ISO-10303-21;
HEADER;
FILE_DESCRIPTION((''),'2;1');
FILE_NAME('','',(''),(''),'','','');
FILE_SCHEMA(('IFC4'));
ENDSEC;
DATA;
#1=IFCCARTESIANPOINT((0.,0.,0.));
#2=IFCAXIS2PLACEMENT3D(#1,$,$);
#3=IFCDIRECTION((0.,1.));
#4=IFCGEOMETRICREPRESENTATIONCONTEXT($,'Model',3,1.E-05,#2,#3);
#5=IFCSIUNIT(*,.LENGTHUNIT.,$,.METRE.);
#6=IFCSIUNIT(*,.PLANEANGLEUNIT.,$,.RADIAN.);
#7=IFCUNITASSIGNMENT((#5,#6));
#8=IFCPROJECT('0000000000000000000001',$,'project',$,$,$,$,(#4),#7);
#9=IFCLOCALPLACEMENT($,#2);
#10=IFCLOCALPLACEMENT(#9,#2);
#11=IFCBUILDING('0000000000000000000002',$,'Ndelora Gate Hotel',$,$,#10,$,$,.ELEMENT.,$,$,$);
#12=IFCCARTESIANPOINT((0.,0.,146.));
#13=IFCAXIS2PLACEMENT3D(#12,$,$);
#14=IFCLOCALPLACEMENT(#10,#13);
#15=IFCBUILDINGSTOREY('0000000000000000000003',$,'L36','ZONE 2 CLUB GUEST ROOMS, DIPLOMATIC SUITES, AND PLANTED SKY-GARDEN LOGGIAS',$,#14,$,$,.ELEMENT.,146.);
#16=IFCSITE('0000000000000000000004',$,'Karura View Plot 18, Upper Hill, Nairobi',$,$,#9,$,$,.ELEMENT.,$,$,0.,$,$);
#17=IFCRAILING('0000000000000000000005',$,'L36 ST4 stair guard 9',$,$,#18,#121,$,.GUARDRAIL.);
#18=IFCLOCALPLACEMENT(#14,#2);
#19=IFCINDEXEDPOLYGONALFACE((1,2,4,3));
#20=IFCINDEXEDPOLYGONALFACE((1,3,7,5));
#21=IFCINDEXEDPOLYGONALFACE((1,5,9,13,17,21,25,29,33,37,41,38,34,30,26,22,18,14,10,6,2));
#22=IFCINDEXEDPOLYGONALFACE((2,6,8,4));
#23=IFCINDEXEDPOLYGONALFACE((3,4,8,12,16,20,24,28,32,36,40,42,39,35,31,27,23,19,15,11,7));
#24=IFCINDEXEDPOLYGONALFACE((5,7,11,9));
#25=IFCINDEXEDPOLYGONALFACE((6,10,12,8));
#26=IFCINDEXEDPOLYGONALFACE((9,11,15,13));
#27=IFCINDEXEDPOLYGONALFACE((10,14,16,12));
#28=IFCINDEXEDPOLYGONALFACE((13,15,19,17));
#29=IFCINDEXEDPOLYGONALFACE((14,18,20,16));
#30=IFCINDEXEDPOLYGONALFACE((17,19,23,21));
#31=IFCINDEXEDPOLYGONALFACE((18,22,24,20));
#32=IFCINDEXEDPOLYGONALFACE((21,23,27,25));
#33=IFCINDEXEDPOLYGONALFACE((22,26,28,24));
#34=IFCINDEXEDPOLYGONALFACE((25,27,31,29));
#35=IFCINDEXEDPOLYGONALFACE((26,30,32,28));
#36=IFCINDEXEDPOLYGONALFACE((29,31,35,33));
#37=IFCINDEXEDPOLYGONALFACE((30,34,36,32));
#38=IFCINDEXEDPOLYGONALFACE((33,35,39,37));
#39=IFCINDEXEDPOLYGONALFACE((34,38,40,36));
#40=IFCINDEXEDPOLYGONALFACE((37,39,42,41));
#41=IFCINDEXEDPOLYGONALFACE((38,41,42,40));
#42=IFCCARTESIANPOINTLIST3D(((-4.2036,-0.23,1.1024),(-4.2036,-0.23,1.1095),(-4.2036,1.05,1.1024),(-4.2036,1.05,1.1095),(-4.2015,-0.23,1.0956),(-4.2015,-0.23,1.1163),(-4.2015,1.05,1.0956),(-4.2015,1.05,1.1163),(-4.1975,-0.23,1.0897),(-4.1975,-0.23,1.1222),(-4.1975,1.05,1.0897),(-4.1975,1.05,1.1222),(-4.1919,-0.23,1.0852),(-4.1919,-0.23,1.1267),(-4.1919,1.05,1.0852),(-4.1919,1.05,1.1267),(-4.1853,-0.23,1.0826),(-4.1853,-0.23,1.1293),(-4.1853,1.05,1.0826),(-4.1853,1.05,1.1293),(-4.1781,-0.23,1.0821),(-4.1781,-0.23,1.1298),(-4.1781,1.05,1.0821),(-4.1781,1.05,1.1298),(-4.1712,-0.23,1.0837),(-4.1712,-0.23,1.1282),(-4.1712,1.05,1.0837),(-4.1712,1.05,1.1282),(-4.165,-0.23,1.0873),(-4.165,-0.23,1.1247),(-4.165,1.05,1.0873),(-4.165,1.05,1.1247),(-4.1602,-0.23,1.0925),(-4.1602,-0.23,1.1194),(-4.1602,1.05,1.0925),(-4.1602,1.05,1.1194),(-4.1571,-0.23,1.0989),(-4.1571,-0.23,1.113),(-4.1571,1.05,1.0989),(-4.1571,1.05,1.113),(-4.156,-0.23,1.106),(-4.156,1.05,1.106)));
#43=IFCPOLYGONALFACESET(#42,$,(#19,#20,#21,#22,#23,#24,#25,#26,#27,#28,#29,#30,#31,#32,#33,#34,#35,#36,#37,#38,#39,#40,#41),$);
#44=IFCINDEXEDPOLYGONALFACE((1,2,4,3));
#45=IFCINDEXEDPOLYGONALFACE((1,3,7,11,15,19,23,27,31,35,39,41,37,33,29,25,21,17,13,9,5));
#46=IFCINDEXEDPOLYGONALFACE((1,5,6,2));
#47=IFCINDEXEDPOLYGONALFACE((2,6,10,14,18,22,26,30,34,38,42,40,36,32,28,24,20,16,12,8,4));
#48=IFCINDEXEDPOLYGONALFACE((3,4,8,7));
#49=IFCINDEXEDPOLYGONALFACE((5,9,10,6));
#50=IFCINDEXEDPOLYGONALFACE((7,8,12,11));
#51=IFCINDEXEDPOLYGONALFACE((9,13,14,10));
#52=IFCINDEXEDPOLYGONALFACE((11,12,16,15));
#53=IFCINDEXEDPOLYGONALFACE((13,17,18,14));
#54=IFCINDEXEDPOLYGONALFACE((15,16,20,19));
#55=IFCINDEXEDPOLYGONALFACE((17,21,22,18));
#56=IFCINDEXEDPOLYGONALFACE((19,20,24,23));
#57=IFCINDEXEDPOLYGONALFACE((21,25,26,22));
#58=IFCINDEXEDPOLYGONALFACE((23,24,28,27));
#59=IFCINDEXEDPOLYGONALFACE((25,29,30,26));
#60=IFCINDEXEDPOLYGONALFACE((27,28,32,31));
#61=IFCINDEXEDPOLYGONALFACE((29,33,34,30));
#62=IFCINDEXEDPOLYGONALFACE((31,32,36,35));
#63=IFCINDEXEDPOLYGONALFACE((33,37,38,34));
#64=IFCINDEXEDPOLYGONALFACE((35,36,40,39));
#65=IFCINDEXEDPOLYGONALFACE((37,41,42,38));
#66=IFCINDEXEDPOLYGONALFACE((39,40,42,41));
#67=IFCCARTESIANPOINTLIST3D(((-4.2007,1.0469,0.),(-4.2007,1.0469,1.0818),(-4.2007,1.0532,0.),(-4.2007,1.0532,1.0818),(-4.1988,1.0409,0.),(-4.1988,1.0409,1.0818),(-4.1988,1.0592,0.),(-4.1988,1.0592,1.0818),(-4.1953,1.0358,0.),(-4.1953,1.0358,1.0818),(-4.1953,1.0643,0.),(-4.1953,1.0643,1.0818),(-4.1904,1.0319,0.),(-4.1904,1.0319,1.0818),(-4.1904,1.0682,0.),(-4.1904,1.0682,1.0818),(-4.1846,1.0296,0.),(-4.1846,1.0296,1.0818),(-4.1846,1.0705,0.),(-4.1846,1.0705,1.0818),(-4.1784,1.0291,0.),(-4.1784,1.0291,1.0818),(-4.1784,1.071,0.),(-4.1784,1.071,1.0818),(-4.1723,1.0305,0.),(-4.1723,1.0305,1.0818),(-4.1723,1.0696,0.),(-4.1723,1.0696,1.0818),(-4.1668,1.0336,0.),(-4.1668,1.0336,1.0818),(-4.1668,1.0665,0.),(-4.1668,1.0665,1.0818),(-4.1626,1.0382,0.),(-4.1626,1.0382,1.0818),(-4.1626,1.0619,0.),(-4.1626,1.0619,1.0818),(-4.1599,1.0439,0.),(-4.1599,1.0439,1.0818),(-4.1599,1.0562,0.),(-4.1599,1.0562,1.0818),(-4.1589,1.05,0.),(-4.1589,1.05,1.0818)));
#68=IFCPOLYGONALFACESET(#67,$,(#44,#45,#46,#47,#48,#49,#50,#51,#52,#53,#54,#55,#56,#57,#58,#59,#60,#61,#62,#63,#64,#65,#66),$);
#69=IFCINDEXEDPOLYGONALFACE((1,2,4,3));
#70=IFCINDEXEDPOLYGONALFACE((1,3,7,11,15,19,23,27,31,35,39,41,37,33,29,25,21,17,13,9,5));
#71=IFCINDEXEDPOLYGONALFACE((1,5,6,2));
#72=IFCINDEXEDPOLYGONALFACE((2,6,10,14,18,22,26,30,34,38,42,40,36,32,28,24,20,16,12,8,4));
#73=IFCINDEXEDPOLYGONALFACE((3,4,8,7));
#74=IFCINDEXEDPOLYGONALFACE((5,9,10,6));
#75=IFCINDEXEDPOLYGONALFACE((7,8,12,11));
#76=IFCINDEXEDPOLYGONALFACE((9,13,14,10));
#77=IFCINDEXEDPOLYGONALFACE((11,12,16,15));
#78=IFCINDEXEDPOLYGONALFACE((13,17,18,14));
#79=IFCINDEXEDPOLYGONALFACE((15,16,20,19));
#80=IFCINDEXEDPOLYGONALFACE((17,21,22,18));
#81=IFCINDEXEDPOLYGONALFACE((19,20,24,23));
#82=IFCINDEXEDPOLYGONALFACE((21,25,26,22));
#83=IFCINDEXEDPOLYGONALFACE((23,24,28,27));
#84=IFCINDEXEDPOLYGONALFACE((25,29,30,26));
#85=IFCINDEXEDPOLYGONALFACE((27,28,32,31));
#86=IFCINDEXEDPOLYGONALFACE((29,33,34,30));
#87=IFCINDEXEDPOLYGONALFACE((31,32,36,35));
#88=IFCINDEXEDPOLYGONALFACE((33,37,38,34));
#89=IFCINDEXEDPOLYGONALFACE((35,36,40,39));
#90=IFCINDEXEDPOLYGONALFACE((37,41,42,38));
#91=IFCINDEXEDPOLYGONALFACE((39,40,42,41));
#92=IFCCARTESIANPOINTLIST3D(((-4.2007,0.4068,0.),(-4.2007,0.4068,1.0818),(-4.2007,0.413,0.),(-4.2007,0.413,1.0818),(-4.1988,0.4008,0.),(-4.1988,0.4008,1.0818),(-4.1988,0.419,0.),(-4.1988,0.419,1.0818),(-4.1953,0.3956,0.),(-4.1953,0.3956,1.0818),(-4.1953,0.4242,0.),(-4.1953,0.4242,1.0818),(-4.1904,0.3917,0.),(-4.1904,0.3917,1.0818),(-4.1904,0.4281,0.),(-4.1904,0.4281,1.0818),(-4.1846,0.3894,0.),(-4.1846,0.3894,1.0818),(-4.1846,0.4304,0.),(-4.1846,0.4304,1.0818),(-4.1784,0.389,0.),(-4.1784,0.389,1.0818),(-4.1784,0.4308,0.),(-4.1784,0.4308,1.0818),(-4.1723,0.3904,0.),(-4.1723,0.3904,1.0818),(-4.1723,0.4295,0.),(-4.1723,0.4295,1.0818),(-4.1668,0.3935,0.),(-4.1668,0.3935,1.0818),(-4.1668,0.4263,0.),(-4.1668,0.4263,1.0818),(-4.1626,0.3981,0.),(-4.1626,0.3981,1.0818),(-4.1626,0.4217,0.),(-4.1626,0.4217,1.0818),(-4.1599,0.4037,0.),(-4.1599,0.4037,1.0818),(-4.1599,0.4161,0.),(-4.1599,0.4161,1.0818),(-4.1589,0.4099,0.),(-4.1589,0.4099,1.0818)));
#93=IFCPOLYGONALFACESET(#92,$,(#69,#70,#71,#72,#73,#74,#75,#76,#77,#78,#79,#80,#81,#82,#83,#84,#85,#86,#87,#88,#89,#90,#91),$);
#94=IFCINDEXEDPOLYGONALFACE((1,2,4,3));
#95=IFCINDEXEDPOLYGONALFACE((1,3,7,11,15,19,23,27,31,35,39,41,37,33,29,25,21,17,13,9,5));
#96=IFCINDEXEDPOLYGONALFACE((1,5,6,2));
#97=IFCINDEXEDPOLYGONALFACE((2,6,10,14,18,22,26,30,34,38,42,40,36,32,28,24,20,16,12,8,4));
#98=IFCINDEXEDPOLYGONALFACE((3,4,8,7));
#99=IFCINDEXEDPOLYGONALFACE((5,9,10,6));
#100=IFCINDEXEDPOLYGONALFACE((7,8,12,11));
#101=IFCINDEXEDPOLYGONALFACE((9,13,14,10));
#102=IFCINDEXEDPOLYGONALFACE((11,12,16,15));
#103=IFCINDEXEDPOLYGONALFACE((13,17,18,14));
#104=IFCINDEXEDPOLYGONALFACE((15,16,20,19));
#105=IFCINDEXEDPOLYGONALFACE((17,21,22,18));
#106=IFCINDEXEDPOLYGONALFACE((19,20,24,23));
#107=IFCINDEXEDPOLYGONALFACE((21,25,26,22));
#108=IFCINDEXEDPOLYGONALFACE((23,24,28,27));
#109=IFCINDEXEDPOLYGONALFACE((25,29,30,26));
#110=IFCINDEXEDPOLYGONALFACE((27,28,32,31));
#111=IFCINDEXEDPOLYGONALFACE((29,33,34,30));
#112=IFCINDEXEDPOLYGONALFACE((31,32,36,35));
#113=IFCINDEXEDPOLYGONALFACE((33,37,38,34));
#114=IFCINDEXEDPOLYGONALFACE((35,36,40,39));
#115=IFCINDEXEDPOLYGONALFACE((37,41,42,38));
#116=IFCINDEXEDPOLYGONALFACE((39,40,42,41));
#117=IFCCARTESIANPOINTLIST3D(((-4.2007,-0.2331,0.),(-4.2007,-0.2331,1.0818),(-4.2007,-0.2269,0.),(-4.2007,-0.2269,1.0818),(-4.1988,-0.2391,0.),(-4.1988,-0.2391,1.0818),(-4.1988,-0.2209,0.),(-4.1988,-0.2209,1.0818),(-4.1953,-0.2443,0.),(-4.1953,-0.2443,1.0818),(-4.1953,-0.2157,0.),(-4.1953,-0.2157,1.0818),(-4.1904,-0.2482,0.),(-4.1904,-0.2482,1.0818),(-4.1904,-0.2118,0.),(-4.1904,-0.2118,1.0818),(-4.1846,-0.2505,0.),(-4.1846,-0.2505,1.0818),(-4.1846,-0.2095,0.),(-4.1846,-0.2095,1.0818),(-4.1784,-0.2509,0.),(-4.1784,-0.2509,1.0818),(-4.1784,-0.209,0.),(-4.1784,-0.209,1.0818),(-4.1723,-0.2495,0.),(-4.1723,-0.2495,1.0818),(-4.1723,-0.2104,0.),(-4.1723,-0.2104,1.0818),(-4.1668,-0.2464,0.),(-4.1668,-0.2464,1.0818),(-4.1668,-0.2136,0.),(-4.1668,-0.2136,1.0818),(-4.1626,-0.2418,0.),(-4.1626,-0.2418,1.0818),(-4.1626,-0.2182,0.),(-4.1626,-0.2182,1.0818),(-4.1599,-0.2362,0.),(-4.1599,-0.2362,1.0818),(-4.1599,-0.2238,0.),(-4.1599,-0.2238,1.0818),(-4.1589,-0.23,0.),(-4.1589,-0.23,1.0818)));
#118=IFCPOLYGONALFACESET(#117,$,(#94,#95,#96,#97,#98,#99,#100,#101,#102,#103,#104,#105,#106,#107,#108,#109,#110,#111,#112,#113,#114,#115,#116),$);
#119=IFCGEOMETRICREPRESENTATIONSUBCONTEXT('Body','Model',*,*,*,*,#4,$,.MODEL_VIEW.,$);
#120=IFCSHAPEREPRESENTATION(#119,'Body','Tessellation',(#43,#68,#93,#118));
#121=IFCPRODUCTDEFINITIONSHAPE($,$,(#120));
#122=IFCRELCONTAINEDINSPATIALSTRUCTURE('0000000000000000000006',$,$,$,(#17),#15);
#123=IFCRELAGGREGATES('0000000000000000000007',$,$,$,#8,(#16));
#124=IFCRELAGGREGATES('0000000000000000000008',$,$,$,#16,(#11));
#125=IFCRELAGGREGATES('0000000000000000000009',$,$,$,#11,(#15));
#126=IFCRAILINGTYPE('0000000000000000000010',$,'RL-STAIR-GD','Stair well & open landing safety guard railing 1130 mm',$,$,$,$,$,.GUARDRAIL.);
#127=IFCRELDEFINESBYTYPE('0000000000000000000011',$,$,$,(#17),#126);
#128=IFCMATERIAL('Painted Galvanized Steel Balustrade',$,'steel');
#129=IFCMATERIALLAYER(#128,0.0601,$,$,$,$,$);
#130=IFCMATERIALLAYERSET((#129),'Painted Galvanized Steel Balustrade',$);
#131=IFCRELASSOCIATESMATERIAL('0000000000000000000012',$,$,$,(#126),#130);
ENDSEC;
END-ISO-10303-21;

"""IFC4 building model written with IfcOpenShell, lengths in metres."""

from ifc_helpers import new_model, si_unit, direction, frame, origin, origin_2d, place, context, subcontext, project, spatial, circle, extrude, material, layer, layer_set, type_object, element, save


model = new_model("IFC4")

# Units and contexts
model_context = context("Model", 3, precision=1e-05, world=origin(), true_north=direction((0.0, 1.0)))
body_context = subcontext(model_context, "Body", "Model", "MODEL_VIEW")
ifc_project = project(units=[si_unit("LENGTHUNIT", "METRE"), si_unit("PLANEANGLEUNIT", "RADIAN")], contexts=[model_context])

# Site, building, storey
site_placement = place(None, origin())
site = spatial("IfcSite", under=ifc_project, at=site_placement, Name="Karura View Plot 18, Upper Hill, Nairobi", CompositionType="ELEMENT", RefElevation=0.0)
building_placement = place(site_placement, origin())
building = spatial("IfcBuilding", under=site, at=building_placement, Name="Ndelora Gate Hotel", CompositionType="ELEMENT")
storey_placement = place(building_placement, frame((0.0, 0.0, 146.0)))
storey = spatial("IfcBuildingStorey", under=building, at=storey_placement, Name="L36", Description="ZONE 2 CLUB GUEST ROOMS, DIPLOMATIC SUITES, AND PLANTED SKY-GARDEN LOGGIAS", CompositionType="ELEMENT", Elevation=146.0)

# Railing
ifc_material_1 = material(Name="Painted Galvanized Steel Balustrade", Category="steel")
ifc_layer_1 = layer(ifc_material_1, 0.0601)
ifc_layer_set_1 = layer_set([ifc_layer_1], Name="Painted Galvanized Steel Balustrade")
railing_type_1 = type_object("IfcRailingType", Name="RL-STAIR-GD", Description="Stair well & open landing safety guard railing 1130 mm", PredefinedType="GUARDRAIL", material=ifc_layer_set_1)
for number, where, name in (
    (1, (-4.1799, 1.05, 0.0), "L36 ST4 stair guard 9"),
):
    element("IfcRailing", number, at=place(storey_placement, frame(where)), inside=storey, type_object=railing_type_1, Name=name, PredefinedType="GUARDRAIL", context=body_context, shape_type="SweptSolid", body=[
        extrude(circle(Radius=0.0239, at=origin_2d()), frame((0.0, 0.0, 1.106), z_axis=(0.0, -1.0, 0.0), x_axis=(1.0, 0.0, 0.0)), (0.0, 0.0, 1.0), 1.28),
        extrude(circle(Radius=0.021, at=origin_2d()), origin(), (0.0, 0.0, 1.0), 1.0818),
        extrude(circle(Radius=0.021, at=origin_2d()), frame((0.0, -0.6401, 0.0)), (0.0, 0.0, 1.0), 1.0818),
        extrude(circle(Radius=0.021, at=origin_2d()), frame((0.0, -1.28, 0.0)), (0.0, 0.0, 1.0), 1.0818),
    ])

save(model, "model.ifc")
